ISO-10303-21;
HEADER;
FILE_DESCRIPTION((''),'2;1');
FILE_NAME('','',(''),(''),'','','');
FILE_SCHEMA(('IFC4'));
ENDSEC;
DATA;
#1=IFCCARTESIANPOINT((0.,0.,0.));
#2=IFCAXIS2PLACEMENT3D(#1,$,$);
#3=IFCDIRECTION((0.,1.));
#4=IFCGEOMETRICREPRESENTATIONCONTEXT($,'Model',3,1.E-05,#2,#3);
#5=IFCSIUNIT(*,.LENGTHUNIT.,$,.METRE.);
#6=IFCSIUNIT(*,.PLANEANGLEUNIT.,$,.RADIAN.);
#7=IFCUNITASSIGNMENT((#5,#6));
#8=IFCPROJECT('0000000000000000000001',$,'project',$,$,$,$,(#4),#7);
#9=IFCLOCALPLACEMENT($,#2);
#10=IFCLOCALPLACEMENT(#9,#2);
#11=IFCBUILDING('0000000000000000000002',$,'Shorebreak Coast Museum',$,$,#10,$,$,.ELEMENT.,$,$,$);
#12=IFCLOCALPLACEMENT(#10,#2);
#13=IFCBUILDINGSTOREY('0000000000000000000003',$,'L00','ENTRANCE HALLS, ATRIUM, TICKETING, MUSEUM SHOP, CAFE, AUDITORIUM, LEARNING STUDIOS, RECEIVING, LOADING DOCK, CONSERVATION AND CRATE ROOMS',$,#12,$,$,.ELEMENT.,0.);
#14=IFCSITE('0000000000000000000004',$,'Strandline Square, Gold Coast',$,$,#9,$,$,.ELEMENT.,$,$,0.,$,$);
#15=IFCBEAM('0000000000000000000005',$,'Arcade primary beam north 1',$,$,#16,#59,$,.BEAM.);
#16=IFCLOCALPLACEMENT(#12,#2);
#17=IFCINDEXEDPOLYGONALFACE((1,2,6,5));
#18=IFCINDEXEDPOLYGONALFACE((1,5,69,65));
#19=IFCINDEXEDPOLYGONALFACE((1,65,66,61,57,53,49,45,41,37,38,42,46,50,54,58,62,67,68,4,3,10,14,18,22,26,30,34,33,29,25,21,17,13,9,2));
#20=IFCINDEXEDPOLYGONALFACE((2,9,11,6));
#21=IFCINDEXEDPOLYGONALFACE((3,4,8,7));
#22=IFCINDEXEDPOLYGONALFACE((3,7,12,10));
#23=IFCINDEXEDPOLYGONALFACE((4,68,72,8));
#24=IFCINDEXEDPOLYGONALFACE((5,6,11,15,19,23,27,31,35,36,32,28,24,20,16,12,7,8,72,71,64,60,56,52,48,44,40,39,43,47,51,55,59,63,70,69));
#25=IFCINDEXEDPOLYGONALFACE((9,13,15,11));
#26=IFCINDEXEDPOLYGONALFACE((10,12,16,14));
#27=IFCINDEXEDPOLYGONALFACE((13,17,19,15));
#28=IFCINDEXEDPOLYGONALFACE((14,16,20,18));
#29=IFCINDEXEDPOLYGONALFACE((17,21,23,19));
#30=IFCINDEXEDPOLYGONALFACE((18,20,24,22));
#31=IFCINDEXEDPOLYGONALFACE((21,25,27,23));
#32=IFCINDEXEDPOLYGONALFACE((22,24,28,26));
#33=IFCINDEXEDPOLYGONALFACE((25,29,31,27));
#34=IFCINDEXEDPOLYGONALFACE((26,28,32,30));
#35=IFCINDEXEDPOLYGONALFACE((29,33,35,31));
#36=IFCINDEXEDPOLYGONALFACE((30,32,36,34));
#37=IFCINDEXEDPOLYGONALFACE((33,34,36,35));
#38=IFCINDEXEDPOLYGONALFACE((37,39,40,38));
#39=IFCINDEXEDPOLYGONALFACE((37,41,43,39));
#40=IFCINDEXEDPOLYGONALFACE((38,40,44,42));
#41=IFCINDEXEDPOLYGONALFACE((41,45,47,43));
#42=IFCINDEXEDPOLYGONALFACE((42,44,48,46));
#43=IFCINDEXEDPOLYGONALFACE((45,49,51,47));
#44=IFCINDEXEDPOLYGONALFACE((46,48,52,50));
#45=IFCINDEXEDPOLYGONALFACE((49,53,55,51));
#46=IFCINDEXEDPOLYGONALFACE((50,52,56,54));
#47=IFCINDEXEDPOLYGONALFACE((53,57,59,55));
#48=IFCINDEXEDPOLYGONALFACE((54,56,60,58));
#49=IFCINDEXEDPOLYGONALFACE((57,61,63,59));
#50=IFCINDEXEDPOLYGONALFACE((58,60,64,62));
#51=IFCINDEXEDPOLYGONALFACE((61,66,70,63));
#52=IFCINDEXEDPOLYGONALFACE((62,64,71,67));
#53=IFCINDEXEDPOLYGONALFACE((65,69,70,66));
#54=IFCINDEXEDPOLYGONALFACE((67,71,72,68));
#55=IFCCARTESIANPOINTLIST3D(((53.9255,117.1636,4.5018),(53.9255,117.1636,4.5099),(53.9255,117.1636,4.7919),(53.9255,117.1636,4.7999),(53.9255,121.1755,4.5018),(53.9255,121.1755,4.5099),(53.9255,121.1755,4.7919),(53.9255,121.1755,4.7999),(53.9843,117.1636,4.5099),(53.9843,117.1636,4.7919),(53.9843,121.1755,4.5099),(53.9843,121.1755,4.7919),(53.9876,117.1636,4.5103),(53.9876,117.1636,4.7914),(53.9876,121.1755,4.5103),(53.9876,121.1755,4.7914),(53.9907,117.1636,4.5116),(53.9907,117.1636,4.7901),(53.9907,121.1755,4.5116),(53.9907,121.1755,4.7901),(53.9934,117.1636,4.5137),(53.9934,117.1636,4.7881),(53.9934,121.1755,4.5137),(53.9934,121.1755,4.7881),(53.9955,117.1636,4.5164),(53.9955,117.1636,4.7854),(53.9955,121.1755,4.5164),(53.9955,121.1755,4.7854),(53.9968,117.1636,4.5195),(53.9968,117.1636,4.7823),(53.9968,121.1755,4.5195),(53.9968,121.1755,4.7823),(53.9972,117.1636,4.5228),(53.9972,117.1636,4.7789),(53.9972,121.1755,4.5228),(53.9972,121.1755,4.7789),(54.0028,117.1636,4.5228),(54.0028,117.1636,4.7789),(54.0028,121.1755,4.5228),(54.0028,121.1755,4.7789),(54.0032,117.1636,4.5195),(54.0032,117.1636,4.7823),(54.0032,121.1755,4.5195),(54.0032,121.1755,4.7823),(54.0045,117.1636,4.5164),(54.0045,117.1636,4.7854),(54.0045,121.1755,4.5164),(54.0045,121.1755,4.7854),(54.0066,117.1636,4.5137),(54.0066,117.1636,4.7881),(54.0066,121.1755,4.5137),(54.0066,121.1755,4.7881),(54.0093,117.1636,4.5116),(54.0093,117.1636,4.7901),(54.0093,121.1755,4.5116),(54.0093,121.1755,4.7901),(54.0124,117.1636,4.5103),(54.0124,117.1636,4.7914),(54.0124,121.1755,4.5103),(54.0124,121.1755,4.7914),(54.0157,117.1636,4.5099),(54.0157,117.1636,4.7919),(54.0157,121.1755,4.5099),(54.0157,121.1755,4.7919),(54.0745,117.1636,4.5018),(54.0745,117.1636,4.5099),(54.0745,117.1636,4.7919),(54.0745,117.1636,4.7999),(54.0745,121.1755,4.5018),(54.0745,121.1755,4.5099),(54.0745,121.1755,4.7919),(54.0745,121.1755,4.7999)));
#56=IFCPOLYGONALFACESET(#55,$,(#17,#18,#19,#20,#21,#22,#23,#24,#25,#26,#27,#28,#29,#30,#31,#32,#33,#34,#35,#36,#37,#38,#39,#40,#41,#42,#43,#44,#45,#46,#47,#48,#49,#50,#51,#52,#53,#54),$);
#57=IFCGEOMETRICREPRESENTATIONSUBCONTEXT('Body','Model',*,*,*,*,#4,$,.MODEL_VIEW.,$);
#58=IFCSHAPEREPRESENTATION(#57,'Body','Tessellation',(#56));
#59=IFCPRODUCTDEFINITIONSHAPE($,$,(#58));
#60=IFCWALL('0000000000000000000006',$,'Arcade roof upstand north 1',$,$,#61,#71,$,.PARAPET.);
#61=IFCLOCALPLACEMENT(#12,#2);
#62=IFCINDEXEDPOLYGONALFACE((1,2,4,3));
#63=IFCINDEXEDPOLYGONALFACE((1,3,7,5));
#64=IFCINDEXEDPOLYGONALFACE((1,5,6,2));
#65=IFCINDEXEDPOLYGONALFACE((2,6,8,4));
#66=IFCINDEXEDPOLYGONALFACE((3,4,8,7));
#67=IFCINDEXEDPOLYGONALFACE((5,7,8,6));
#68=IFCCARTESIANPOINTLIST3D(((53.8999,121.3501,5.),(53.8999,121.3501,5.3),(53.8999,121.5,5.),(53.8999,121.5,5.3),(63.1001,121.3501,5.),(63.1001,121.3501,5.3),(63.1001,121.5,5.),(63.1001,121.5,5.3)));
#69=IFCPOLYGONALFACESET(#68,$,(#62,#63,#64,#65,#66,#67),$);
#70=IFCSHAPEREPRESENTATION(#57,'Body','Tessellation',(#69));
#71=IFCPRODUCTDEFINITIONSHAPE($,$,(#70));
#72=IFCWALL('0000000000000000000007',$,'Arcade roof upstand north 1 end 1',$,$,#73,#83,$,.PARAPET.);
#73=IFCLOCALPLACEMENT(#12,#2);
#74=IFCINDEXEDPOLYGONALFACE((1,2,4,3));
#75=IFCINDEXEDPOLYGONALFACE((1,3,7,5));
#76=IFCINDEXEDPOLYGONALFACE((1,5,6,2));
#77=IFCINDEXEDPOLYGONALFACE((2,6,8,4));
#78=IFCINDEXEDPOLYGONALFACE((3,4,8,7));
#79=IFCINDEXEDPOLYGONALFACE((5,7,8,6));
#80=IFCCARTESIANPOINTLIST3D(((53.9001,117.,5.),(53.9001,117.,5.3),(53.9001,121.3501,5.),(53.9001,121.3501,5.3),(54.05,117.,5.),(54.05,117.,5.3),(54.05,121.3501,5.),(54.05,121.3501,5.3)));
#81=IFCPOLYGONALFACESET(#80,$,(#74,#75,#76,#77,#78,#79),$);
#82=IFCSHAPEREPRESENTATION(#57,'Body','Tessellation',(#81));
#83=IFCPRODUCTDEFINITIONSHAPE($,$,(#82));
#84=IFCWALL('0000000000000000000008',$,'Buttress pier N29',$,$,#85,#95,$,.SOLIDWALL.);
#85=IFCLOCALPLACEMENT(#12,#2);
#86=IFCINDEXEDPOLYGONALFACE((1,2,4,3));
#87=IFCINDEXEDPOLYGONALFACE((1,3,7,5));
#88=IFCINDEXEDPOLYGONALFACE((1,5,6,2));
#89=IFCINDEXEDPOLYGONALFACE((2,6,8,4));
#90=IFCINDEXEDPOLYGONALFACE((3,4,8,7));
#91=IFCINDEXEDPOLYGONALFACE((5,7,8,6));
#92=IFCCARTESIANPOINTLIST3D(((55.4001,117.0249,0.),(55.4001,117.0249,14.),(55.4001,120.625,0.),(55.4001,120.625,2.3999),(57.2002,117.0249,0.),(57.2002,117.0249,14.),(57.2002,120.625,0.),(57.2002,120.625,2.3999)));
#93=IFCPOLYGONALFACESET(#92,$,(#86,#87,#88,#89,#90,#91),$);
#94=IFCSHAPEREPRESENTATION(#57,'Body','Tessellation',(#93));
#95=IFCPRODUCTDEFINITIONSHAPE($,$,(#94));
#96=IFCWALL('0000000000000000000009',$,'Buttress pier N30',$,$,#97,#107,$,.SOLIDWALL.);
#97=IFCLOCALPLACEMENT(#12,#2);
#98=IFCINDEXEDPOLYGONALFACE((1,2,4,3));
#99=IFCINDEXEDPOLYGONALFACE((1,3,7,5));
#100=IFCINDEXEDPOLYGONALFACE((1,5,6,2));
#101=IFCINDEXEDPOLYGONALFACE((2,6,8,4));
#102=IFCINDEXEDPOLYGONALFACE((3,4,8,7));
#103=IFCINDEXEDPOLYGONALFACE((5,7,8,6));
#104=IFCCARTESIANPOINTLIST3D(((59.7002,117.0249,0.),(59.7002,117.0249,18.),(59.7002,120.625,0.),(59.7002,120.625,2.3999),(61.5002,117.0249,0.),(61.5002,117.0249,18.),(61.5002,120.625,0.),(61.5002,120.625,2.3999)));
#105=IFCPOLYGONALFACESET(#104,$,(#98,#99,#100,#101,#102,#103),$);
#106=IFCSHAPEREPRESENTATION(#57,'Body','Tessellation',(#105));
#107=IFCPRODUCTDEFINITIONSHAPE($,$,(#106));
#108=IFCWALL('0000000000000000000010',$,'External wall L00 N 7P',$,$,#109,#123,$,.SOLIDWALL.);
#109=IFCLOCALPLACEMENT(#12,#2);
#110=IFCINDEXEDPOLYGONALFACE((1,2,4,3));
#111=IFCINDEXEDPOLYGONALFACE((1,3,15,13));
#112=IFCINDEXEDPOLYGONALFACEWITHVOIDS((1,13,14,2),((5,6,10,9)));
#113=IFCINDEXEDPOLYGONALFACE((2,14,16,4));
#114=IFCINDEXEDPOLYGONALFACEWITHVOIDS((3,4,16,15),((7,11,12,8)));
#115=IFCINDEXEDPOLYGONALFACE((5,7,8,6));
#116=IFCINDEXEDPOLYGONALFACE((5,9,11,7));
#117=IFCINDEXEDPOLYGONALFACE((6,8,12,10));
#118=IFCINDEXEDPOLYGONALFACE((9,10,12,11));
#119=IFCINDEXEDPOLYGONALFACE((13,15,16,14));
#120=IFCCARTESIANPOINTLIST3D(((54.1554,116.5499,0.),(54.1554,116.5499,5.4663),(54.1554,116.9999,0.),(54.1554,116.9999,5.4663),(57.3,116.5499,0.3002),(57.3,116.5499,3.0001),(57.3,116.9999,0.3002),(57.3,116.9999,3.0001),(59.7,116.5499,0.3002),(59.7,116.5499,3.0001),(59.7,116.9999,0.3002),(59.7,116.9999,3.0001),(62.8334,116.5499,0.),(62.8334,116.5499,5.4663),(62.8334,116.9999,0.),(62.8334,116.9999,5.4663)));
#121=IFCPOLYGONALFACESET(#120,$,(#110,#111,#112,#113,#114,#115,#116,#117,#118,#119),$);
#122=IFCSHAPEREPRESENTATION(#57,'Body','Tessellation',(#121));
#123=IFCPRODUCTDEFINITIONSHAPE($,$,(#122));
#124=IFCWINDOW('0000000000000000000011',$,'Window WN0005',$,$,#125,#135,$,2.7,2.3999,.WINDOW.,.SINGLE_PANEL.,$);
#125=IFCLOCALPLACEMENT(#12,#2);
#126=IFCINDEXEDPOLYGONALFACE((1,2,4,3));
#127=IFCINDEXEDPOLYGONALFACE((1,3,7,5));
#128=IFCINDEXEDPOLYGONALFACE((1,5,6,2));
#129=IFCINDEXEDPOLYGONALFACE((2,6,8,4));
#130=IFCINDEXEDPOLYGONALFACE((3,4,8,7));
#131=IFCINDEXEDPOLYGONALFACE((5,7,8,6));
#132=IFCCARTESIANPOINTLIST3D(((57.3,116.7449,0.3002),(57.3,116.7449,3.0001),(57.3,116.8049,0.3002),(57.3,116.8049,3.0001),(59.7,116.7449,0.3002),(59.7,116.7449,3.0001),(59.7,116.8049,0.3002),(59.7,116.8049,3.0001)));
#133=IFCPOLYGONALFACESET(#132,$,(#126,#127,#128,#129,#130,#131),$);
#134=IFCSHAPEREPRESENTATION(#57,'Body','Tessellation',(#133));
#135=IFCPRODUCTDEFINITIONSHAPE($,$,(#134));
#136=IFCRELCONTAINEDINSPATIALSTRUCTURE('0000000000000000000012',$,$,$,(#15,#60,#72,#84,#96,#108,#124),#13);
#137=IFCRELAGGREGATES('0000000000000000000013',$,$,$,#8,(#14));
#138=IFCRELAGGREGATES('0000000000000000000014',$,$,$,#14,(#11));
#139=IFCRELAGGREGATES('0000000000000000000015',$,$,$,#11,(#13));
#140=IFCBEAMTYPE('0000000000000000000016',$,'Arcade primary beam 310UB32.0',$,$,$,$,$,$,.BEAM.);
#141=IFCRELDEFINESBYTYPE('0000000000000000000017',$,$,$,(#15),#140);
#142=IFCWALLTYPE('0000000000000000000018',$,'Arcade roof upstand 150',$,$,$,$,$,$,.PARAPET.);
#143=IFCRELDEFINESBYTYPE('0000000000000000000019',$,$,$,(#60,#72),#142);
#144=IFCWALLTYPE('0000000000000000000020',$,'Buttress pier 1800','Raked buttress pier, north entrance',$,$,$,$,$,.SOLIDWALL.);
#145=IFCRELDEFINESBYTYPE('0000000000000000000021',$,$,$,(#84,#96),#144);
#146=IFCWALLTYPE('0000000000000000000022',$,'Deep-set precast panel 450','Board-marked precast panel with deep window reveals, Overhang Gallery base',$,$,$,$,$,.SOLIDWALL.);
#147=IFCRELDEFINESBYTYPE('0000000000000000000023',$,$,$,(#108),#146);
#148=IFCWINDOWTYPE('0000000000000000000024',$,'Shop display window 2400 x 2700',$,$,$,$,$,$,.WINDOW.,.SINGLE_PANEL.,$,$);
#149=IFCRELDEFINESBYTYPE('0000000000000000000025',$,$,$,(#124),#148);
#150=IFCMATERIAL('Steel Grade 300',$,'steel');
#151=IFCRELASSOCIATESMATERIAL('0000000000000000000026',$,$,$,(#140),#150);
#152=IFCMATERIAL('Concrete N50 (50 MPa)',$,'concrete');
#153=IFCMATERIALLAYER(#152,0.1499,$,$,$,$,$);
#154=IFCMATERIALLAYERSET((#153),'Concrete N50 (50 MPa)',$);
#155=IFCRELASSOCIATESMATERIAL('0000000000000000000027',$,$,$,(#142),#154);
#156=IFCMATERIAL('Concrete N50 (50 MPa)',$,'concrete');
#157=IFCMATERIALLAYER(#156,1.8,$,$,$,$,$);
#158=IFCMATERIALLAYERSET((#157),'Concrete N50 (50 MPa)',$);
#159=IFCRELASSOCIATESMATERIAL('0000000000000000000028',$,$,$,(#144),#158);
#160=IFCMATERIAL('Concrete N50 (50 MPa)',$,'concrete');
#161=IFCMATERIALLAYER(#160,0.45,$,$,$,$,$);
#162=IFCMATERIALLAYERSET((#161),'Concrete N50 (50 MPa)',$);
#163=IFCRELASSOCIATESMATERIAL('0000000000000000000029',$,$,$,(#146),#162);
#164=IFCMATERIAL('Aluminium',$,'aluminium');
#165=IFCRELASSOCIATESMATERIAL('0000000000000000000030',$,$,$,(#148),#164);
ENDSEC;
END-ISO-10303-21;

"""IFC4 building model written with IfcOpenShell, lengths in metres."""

from ifc_helpers import new_model, si_unit, direction, frame, frame_2d, origin, origin_2d, place, context, subcontext, project, spatial, polyline, rectangle, i_section, outline, extrude, material, layer, layer_set, material_profile, profile_set, type_object, element, fill, save


model = new_model("IFC4")

# Units and contexts
model_context = context("Model", 3, precision=1e-05, world=origin(), true_north=direction((0.0, 1.0)))
body_context = subcontext(model_context, "Body", "Model", "MODEL_VIEW")
ifc_project = project(units=[si_unit("LENGTHUNIT", "METRE"), si_unit("PLANEANGLEUNIT", "RADIAN")], contexts=[model_context])

# Site, building, storey
site_placement = place(None, origin())
site = spatial("IfcSite", under=ifc_project, at=site_placement, Name="Strandline Square, Gold Coast", CompositionType="ELEMENT", RefElevation=0.0)
building_placement = place(site_placement, origin())
building = spatial("IfcBuilding", under=site, at=building_placement, Name="Shorebreak Coast Museum", CompositionType="ELEMENT")
storey_placement = place(building_placement, origin())
storey = spatial("IfcBuildingStorey", under=building, at=storey_placement, Name="L00", Description="ENTRANCE HALLS, ATRIUM, TICKETING, MUSEUM SHOP, CAFE, AUDITORIUM, LEARNING STUDIOS, RECEIVING, LOADING DOCK, CONSERVATION AND CRATE ROOMS", CompositionType="ELEMENT", Elevation=0.0)

# Beam
ifc_material_1 = material(Name="Steel Grade 300", Category="steel")
ifc_material_profile_1 = material_profile(ifc_material_1, i_section(OverallWidth=0.1489, OverallDepth=0.2981, WebThickness=0.0056, FlangeThickness=0.0081, FilletRadius=0.0129, at=origin_2d()), Name="310UB32.0")
ifc_profile_set_1 = profile_set([ifc_material_profile_1], Name="Steel Grade 300")
beam_type_1 = type_object("IfcBeamType", Name="Arcade primary beam 310UB32.0", PredefinedType="BEAM", material=ifc_profile_set_1)
beam_1_placement = place(storey_placement, frame((54.0, 117.1636, 4.6509), z_axis=(0.0, 1.0, 0.0), x_axis=(-1.0, 0.0, 0.0)))
element("IfcBeam", 1, at=beam_1_placement, inside=storey, type_object=beam_type_1, Name="Arcade primary beam north 1", PredefinedType="BEAM", context=body_context, shape_type="SweptSolid", body=[
    extrude(i_section(OverallWidth=0.1489, OverallDepth=0.2981, WebThickness=0.0056, FlangeThickness=0.0081, FilletRadius=0.0129, at=origin_2d()), origin(), (0.0, 0.0, 1.0), 4.012),
])

# Walls
ifc_material_2 = material(Name="Concrete N50 (50 MPa)", Category="concrete")
ifc_layer_1 = layer(ifc_material_2, 0.1499)
ifc_layer_set_1 = layer_set([ifc_layer_1], Name="Concrete N50 (50 MPa)")
wall_type_1 = type_object("IfcWallType", Name="Arcade roof upstand 150", PredefinedType="PARAPET", material=ifc_layer_set_1)
wall_1_placement = place(storey_placement, frame((53.8999, 121.425, 5.0), z_axis=(0.0, 0.0, 1.0), x_axis=(1.0, 0.0, 0.0)))
element("IfcWall", 2, at=wall_1_placement, inside=storey, type_object=wall_type_1, Name="Arcade roof upstand north 1", PredefinedType="PARAPET", context=body_context, shape_type="SweptSolid", body=[
    extrude(rectangle(XDim=9.2002, YDim=0.1499, at=frame_2d((4.6001, 0.0))), origin(), (0.0, 0.0, 1.0), 0.3),
])
wall_2_placement = place(storey_placement, frame((53.9751, 117.0, 5.0), z_axis=(0.0, 0.0, 1.0), x_axis=(0.0, 1.0, 0.0)))
element("IfcWall", 3, at=wall_2_placement, inside=storey, type_object=wall_type_1, Name="Arcade roof upstand north 1 end 1", PredefinedType="PARAPET", context=body_context, shape_type="SweptSolid", body=[
    extrude(rectangle(XDim=4.3501, YDim=0.1499, at=frame_2d((2.175, 0.0))), origin(), (0.0, 0.0, 1.0), 0.3),
])
ifc_material_3 = material(Name="Concrete N50 (50 MPa)", Category="concrete")
ifc_layer_2 = layer(ifc_material_3, 1.8)
ifc_layer_set_2 = layer_set([ifc_layer_2], Name="Concrete N50 (50 MPa)")
wall_type_2 = type_object("IfcWallType", Name="Buttress pier 1800", Description="Raked buttress pier, north entrance", PredefinedType="SOLIDWALL", material=ifc_layer_set_2)
wall_3_placement = place(storey_placement, frame((56.3, 117.0249, 0.0), z_axis=(0.0, 0.0, 1.0), x_axis=(0.0, 1.0, 0.0)))
element("IfcWall", 4, at=wall_3_placement, inside=storey, type_object=wall_type_2, Name="Buttress pier N29", PredefinedType="SOLIDWALL", context=body_context, shape_type="SweptSolid", body=[
    extrude(outline(polyline([(0.0, 0.0), (3.6001, 0.0), (3.6001, 2.3999), (0.0, 14.0), (0.0, 0.0)])), frame((0.0, 0.8999, 0.0), z_axis=(0.0, -1.0, 0.0), x_axis=(1.0, 0.0, 0.0)), (0.0, 0.0, 1.0), 1.8),
])
wall_4_placement = place(storey_placement, frame((60.6001, 117.0249, 0.0), z_axis=(0.0, 0.0, 1.0), x_axis=(0.0, 1.0, 0.0)))
element("IfcWall", 5, at=wall_4_placement, inside=storey, type_object=wall_type_2, Name="Buttress pier N30", PredefinedType="SOLIDWALL", context=body_context, shape_type="SweptSolid", body=[
    extrude(outline(polyline([(0.0, 0.0), (3.6001, 0.0), (3.6001, 2.3999), (0.0, 18.0), (0.0, 0.0)])), frame((0.0, 0.8999, 0.0), z_axis=(0.0, -1.0, 0.0), x_axis=(1.0, 0.0, 0.0)), (0.0, 0.0, 1.0), 1.8),
])

# Wall, opening, window
ifc_material_4 = material(Name="Concrete N50 (50 MPa)", Category="concrete")
ifc_layer_3 = layer(ifc_material_4, 0.45)
ifc_layer_set_3 = layer_set([ifc_layer_3], Name="Concrete N50 (50 MPa)")
wall_type_3 = type_object("IfcWallType", Name="Deep-set precast panel 450", Description="Board-marked precast panel with deep window reveals, Overhang Gallery base", PredefinedType="SOLIDWALL", material=ifc_layer_set_3)
wall_5_placement = place(storey_placement, frame((54.1555, 116.7749, 0.0), z_axis=(0.0, 0.0, 1.0), x_axis=(1.0, 0.0, 0.0)))
wall_5 = element("IfcWall", 6, at=wall_5_placement, inside=storey, type_object=wall_type_3, Name="External wall L00 N 7P", PredefinedType="SOLIDWALL", context=body_context, shape_type="SweptSolid", body=[
    extrude(rectangle(XDim=8.678, YDim=0.45, at=frame_2d((4.3389, 0.0))), origin(), (0.0, 0.0, 1.0), 5.4663),
])
opening_placement = place(wall_5_placement, frame((3.1445, 0.0, 0.3)))
opening = element("IfcOpeningElement", 7, at=opening_placement, cuts=wall_5, PredefinedType="OPENING", context=body_context, shape_type="SweptSolid", body=[
    extrude(rectangle(XDim=2.3999, YDim=2.7, at=frame_2d((1.2, 1.3501))), frame((0.0, 0.2349, 0.0), z_axis=(0.0, -1.0, 0.0), x_axis=(1.0, 0.0, 0.0)), (0.0, 0.0, 1.0), 0.47),
])
ifc_material_5 = material(Name="Aluminium", Category="aluminium")
window_type = type_object("IfcWindowType", Name="Shop display window 2400 x 2700", PartitioningType="SINGLE_PANEL", PredefinedType="WINDOW", material=ifc_material_5)
window_placement = place(opening_placement, origin())
window = element("IfcWindow", 8, at=window_placement, inside=storey, type_object=window_type, Name="Window WN0005", OverallHeight=2.7, OverallWidth=2.3999, PartitioningType="SINGLE_PANEL", PredefinedType="WINDOW", context=body_context, shape_type="SweptSolid", body=[
    extrude(rectangle(XDim=2.3999, YDim=2.7, at=frame_2d((1.2, 1.3501))), frame((0.0, 0.03, 0.0), z_axis=(0.0, -1.0, 0.0), x_axis=(1.0, 0.0, 0.0)), (0.0, 0.0, 1.0), 0.0601),
])
fill(opening, window)

save(model, "model.ifc")
